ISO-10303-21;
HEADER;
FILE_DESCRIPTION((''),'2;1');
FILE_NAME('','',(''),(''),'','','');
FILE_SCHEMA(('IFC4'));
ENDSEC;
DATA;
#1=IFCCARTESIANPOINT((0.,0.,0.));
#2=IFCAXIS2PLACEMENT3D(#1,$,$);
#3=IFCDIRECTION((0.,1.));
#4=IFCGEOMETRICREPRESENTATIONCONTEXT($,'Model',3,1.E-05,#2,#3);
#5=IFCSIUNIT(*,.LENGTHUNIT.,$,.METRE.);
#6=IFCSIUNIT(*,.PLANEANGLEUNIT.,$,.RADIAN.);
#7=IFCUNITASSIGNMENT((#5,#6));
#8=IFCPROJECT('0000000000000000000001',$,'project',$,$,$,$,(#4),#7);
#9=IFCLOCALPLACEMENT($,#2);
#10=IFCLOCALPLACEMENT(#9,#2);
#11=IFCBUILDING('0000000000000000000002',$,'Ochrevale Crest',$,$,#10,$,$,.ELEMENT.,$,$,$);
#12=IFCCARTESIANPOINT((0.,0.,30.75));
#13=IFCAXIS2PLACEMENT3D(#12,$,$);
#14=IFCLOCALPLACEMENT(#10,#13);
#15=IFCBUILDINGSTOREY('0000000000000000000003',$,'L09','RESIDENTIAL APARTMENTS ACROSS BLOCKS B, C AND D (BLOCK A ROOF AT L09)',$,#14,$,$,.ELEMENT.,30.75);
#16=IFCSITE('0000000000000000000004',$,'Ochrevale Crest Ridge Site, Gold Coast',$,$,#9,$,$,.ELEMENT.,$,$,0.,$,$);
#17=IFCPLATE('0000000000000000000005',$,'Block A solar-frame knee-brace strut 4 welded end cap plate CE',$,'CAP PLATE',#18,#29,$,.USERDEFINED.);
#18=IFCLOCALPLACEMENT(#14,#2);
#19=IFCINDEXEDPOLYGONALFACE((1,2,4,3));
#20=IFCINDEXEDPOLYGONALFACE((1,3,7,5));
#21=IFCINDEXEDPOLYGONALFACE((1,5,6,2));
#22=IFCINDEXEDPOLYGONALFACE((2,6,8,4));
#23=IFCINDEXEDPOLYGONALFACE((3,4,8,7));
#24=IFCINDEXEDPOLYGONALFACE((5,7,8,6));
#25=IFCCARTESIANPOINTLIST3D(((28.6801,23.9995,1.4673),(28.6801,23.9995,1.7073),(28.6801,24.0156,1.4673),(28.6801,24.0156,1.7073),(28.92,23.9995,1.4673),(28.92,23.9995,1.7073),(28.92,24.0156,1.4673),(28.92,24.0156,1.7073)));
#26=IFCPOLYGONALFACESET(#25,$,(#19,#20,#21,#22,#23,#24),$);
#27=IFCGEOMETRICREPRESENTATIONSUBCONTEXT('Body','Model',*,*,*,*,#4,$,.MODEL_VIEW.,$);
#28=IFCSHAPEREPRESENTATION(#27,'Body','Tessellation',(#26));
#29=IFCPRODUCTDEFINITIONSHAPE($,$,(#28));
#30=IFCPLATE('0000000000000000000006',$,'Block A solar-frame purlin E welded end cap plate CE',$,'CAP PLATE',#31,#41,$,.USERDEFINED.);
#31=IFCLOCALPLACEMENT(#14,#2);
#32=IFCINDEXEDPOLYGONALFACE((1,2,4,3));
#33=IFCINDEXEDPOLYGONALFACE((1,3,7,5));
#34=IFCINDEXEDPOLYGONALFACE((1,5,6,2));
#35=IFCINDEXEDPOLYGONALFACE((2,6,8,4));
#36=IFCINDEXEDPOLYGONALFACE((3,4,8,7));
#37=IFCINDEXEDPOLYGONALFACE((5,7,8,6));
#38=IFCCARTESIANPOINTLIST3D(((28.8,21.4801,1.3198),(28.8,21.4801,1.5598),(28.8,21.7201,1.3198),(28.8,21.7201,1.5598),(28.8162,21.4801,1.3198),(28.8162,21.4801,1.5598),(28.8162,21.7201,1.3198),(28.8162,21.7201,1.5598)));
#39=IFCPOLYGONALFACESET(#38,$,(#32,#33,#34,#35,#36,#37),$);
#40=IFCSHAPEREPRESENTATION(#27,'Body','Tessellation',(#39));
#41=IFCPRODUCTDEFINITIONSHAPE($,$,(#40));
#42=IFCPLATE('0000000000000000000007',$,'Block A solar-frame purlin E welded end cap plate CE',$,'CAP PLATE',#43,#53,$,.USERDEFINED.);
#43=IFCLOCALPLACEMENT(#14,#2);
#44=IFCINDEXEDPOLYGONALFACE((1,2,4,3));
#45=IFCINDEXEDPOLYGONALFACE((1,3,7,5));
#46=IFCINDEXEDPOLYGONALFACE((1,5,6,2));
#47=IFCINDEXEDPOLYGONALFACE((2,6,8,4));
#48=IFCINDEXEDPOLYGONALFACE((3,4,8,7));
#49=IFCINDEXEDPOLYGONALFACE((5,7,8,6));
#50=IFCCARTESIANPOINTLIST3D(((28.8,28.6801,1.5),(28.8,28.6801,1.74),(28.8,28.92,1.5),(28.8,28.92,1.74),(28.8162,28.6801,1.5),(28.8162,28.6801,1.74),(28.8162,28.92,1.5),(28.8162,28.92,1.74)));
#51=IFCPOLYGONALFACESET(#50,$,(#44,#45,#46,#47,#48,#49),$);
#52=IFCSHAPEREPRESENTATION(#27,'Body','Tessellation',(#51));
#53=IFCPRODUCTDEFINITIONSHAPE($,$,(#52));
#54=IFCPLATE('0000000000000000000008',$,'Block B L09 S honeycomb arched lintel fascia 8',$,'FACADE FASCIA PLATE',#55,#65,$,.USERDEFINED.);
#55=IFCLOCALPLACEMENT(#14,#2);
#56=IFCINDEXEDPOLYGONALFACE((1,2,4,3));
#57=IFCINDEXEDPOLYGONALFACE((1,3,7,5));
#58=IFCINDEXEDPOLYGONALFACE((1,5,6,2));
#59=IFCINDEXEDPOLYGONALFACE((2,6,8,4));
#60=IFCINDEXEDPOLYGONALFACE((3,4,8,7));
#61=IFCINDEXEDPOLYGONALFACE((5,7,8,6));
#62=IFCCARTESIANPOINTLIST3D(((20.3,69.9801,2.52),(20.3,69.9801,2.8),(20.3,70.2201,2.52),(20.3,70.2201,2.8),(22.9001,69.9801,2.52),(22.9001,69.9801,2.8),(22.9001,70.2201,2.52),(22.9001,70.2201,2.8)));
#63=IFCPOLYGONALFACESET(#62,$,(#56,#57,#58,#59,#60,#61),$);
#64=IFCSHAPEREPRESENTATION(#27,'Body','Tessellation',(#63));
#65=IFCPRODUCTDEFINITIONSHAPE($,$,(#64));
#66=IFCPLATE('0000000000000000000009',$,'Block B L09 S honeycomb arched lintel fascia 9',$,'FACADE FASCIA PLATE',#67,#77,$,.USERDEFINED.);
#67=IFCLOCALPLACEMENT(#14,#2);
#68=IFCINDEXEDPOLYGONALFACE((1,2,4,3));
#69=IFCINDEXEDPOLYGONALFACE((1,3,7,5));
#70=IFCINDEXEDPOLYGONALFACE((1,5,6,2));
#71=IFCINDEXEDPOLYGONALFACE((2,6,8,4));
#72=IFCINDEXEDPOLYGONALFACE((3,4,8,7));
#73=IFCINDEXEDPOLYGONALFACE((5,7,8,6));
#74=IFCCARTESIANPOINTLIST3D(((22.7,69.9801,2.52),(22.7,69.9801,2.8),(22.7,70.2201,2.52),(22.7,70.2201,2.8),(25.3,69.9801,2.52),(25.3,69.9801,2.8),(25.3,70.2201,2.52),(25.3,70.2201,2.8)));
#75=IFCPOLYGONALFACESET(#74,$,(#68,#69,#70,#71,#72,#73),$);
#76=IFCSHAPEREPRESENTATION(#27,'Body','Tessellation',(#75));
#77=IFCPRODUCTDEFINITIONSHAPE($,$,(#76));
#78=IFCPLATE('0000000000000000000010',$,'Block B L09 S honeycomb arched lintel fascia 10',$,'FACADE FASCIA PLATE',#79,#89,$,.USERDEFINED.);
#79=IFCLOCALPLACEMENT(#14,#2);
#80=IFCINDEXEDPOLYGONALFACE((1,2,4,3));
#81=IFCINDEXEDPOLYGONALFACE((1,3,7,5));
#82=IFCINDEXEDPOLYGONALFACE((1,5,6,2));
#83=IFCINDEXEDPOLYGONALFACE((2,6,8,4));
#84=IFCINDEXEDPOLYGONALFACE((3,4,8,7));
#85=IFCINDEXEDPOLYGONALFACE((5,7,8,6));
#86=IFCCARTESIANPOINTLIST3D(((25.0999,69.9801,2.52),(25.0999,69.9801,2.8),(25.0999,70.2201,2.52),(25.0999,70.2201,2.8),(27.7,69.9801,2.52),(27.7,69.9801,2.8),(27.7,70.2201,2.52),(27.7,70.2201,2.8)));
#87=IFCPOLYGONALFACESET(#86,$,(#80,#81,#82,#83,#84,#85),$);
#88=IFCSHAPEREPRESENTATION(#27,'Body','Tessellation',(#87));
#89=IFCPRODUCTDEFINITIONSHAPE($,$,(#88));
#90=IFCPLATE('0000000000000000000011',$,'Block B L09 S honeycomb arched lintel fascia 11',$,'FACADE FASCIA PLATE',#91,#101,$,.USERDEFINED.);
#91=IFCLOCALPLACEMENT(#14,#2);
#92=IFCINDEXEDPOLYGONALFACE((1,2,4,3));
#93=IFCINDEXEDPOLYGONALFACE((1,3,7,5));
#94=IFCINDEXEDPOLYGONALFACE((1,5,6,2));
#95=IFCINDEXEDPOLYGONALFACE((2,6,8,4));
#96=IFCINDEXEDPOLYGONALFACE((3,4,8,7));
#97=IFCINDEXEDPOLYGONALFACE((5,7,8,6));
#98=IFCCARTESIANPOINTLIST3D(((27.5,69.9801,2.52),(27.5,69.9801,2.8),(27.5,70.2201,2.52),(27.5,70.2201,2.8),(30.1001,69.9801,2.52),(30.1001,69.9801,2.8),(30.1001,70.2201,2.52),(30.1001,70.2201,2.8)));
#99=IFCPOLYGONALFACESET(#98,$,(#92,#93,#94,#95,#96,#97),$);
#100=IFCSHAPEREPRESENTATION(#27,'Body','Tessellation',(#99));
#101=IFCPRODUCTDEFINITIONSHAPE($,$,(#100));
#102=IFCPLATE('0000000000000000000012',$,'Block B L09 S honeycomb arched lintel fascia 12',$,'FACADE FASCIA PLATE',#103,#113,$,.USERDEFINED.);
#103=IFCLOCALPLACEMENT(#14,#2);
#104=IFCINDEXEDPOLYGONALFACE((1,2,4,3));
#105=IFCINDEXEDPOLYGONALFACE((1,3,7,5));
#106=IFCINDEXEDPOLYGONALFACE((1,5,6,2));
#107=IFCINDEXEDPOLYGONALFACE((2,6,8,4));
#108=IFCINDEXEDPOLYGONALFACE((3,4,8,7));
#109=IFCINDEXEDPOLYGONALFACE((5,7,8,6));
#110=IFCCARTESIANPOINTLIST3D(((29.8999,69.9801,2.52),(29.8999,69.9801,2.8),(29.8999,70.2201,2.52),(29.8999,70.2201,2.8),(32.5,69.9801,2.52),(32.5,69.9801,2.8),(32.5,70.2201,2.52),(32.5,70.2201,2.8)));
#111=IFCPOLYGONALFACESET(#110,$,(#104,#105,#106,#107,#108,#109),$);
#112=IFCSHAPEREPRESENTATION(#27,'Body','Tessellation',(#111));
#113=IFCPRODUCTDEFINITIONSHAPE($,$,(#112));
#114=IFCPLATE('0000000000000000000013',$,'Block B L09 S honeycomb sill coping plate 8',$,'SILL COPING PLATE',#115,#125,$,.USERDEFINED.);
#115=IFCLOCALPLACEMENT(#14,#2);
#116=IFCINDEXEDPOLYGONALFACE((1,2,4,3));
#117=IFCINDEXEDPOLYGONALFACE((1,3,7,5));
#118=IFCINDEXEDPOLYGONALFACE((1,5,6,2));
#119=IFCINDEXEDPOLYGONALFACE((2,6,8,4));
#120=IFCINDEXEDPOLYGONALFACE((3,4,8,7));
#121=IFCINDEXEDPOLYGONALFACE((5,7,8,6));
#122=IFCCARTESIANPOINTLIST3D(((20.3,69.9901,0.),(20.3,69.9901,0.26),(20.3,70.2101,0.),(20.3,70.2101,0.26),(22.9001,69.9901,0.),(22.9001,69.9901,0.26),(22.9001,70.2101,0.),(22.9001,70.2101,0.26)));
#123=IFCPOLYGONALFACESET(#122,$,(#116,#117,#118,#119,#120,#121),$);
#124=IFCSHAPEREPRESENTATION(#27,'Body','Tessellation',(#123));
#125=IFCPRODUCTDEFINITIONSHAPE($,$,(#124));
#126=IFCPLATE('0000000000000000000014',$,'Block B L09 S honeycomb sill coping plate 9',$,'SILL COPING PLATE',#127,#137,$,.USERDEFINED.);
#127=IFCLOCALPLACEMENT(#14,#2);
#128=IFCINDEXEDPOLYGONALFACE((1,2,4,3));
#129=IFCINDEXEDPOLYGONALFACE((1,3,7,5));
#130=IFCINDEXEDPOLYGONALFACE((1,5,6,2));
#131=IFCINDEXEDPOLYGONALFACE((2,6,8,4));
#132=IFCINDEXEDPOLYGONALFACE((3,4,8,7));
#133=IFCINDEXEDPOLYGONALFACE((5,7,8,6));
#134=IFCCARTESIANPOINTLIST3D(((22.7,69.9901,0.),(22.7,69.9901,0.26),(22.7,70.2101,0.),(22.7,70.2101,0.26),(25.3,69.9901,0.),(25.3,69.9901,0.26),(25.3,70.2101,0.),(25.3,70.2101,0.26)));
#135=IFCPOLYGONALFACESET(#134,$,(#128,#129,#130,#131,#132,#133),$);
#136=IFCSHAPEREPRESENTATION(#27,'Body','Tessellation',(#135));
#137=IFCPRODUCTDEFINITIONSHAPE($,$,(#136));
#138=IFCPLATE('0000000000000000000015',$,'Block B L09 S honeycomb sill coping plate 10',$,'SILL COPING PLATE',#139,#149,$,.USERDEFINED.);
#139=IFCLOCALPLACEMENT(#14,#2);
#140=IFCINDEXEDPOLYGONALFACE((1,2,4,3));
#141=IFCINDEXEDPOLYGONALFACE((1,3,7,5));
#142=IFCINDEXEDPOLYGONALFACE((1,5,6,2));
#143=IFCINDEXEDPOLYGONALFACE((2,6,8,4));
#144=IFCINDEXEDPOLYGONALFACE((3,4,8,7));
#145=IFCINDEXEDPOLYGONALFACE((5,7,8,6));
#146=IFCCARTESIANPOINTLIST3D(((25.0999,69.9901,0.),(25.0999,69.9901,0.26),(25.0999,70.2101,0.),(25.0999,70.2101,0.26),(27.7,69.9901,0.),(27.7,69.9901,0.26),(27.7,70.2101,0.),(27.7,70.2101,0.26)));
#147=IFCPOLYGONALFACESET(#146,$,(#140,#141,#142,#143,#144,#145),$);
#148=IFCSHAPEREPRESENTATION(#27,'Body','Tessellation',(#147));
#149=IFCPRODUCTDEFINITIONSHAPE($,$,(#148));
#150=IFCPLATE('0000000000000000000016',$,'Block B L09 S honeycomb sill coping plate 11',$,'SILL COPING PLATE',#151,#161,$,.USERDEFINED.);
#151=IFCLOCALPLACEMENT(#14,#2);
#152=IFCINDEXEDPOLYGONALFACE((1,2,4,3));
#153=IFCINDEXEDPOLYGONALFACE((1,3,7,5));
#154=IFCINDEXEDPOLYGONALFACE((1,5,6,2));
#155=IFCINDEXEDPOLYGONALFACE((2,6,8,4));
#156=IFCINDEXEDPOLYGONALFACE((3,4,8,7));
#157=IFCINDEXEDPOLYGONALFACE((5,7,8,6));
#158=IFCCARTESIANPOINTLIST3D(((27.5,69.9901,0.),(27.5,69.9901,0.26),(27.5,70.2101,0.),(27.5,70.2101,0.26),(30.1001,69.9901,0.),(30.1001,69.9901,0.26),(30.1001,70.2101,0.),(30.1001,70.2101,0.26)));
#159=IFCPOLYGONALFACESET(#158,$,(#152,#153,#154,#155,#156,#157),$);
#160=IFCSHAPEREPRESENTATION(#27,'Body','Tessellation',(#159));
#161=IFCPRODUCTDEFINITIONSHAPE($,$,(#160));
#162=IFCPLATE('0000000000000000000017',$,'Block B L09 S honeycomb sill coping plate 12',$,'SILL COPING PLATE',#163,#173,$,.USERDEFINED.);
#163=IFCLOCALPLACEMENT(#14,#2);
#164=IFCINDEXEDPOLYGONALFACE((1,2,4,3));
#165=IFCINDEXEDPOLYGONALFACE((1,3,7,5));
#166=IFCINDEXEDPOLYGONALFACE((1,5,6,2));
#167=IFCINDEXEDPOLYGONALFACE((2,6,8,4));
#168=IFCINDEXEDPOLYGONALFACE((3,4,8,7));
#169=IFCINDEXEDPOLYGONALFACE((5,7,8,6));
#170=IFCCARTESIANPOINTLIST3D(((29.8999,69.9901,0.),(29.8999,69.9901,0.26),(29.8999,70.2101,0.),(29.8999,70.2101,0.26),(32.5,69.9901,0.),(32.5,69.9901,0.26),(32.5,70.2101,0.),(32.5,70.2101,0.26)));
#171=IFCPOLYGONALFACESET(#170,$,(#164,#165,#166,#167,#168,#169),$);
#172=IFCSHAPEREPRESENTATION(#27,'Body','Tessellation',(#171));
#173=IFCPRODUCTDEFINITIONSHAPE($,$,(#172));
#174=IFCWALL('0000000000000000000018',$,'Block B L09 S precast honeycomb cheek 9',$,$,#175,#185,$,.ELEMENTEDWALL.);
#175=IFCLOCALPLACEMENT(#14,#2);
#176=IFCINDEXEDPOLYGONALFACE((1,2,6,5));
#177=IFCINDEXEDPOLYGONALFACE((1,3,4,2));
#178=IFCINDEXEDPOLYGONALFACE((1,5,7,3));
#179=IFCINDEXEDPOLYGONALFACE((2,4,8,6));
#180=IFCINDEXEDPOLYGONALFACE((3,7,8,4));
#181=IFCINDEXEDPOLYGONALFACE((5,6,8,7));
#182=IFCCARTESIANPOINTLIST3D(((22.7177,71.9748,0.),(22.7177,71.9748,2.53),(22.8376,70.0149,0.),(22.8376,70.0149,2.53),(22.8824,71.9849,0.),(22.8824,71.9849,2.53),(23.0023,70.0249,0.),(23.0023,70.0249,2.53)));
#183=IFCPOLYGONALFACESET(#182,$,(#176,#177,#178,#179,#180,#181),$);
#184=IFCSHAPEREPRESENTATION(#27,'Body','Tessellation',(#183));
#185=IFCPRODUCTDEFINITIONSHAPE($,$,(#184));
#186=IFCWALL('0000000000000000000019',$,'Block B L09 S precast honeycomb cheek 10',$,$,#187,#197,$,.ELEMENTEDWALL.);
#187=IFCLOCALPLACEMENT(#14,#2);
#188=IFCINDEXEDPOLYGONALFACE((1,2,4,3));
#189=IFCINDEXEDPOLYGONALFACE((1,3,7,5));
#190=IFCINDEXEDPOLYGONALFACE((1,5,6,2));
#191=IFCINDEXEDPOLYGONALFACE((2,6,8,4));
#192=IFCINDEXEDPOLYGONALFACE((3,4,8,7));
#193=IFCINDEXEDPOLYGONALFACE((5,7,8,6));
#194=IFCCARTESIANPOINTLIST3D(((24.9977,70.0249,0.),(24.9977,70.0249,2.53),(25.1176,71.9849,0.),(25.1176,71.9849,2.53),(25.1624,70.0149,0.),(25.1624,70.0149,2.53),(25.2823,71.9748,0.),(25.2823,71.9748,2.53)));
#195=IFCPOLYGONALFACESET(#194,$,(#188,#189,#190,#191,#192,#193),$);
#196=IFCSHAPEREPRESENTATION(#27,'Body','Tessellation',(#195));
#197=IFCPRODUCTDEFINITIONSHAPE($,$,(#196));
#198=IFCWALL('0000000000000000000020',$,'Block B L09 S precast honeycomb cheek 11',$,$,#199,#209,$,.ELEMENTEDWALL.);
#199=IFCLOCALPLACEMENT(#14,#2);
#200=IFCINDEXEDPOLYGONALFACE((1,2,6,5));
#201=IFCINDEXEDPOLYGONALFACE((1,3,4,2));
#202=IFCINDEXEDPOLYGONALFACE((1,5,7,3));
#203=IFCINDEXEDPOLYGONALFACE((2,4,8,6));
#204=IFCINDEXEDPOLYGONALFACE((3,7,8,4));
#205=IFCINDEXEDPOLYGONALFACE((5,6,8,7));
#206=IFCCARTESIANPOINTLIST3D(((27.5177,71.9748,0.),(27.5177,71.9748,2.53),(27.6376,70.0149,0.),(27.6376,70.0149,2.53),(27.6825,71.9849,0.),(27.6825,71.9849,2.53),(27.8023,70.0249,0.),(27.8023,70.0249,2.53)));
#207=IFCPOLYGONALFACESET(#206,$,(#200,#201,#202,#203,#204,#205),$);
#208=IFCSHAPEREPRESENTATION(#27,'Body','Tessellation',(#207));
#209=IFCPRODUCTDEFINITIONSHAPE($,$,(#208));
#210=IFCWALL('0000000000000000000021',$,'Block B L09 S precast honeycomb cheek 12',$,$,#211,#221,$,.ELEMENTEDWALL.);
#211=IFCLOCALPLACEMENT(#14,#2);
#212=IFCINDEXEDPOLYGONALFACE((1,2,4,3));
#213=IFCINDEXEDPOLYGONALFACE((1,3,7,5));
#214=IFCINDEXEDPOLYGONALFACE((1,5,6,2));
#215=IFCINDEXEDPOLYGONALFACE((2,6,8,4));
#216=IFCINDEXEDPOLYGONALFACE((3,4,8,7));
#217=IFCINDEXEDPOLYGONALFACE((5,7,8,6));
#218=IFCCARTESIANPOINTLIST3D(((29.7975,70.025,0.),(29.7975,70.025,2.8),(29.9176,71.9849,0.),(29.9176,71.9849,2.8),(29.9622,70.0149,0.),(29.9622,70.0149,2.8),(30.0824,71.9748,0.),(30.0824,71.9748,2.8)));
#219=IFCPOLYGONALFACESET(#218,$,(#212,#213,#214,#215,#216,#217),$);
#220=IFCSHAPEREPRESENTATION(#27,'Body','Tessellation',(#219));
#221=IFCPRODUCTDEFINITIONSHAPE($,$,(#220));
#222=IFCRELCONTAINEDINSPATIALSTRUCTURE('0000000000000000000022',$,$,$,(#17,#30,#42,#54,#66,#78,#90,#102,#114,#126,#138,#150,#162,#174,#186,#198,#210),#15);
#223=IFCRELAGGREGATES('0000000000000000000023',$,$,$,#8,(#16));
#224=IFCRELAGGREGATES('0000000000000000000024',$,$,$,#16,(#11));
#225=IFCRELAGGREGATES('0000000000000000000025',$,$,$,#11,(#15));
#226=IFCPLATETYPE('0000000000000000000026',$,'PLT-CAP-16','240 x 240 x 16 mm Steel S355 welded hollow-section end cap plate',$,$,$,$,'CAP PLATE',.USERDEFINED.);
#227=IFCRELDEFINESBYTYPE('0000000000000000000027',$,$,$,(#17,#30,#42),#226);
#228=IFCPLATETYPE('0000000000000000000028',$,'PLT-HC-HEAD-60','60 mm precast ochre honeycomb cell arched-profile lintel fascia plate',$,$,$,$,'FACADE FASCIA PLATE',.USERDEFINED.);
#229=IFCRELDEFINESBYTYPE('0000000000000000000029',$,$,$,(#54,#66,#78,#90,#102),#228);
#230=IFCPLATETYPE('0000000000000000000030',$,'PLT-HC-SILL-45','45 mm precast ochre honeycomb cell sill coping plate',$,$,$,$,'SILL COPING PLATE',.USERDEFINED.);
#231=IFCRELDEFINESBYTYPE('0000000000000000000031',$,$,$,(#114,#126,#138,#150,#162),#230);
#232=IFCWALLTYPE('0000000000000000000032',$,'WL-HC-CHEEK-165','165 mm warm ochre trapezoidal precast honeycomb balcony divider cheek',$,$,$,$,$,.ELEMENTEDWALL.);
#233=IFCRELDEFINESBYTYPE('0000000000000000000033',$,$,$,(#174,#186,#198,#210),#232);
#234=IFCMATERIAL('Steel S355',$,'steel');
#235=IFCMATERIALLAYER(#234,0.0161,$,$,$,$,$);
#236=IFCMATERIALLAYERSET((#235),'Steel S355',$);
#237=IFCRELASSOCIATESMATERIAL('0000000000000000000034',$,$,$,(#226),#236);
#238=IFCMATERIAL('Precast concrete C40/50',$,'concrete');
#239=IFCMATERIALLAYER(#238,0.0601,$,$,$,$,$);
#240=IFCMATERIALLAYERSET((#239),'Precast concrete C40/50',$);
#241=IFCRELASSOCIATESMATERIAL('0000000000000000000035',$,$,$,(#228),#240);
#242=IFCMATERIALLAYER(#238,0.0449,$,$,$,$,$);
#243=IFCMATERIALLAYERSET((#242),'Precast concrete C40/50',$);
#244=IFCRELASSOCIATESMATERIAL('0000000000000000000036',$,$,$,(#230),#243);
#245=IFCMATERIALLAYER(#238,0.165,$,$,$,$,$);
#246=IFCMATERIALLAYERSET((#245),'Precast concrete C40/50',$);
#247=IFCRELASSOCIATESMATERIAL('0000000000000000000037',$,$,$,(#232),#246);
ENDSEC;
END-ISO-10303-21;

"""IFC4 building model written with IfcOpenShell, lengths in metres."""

from ifc_helpers import new_model, si_unit, direction, frame, frame_2d, origin, origin_2d, place, context, subcontext, project, spatial, rectangle, extrude, material, layer, layer_set, type_object, element, save


model = new_model("IFC4")

# Units and contexts
model_context = context("Model", 3, precision=1e-05, world=origin(), true_north=direction((0.0, 1.0)))
body_context = subcontext(model_context, "Body", "Model", "MODEL_VIEW")
ifc_project = project(units=[si_unit("LENGTHUNIT", "METRE"), si_unit("PLANEANGLEUNIT", "RADIAN")], contexts=[model_context])

# Site, building, storey
site_placement = place(None, origin())
site = spatial("IfcSite", under=ifc_project, at=site_placement, Name="Ochrevale Crest Ridge Site, Gold Coast", CompositionType="ELEMENT", RefElevation=0.0)
building_placement = place(site_placement, origin())
building = spatial("IfcBuilding", under=site, at=building_placement, Name="Ochrevale Crest", CompositionType="ELEMENT")
storey_placement = place(building_placement, frame((0.0, 0.0, 30.75)))
storey = spatial("IfcBuildingStorey", under=building, at=storey_placement, Name="L09", Description="RESIDENTIAL APARTMENTS ACROSS BLOCKS B, C AND D (BLOCK A ROOF AT L09)", CompositionType="ELEMENT", Elevation=30.75)

# Shared definitions
ifc_material_1 = material(Name="Steel S355", Category="steel")

# Shared definitions
ifc_material_2 = material(Name="Precast concrete C40/50", Category="concrete")

# Plates
ifc_layer_1 = layer(ifc_material_1, 0.0161)
ifc_layer_set_1 = layer_set([ifc_layer_1], Name="Steel S355")
plate_type_1 = type_object("IfcPlateType", Name="PLT-CAP-16", Description="240 x 240 x 16 mm Steel S355 welded hollow-section end cap plate", ElementType="CAP PLATE", PredefinedType="USERDEFINED", material=ifc_layer_set_1)
for number, where, z_axis, x_axis, name in (
    (1, (28.8, 24.0076, 1.4673), (0.0, 0.0, 1.0), (0.0, 1.0, 0.0), "Block A solar-frame knee-brace strut 4 welded end cap plate CE"),
    (2, (28.8081, 21.6001, 1.3198), (0.0, 0.0, 1.0), (1.0, 0.0, 0.0), "Block A solar-frame purlin E welded end cap plate CE"),
    (3, (28.8081, 28.8, 1.5), (0.0, 0.0, 1.0), (1.0, 0.0, 0.0), "Block A solar-frame purlin E welded end cap plate CE"),
):
    element("IfcPlate", number, at=place(storey_placement, frame(where, z_axis=z_axis, x_axis=x_axis)), inside=storey, type_object=plate_type_1, Name=name, ObjectType="CAP PLATE", PredefinedType="USERDEFINED", context=body_context, shape_type="SweptSolid", body=[
        extrude(rectangle(XDim=0.0161, YDim=0.24, at=origin_2d()), origin(), (0.0, 0.0, 1.0), 0.24),
    ])
ifc_layer_2 = layer(ifc_material_2, 0.0601)
ifc_layer_set_2 = layer_set([ifc_layer_2], Name="Precast concrete C40/50")
plate_type_2 = type_object("IfcPlateType", Name="PLT-HC-HEAD-60", Description="60 mm precast ochre honeycomb cell arched-profile lintel fascia plate", ElementType="FACADE FASCIA PLATE", PredefinedType="USERDEFINED", material=ifc_layer_set_2)
for number, where, z_axis, x_axis, name in (
    (4, (21.6001, 70.1001, 2.52), (0.0, 0.0, 1.0), (1.0, 0.0, 0.0), "Block B L09 S honeycomb arched lintel fascia 8"),
    (5, (24.0, 70.1001, 2.52), (0.0, 0.0, 1.0), (1.0, 0.0, 0.0), "Block B L09 S honeycomb arched lintel fascia 9"),
    (6, (26.3999, 70.1001, 2.52), (0.0, 0.0, 1.0), (1.0, 0.0, 0.0), "Block B L09 S honeycomb arched lintel fascia 10"),
    (7, (28.8, 70.1001, 2.52), (0.0, 0.0, 1.0), (1.0, 0.0, 0.0), "Block B L09 S honeycomb arched lintel fascia 11"),
    (8, (31.2, 70.1001, 2.52), (0.0, 0.0, 1.0), (1.0, 0.0, 0.0), "Block B L09 S honeycomb arched lintel fascia 12"),
):
    element("IfcPlate", number, at=place(storey_placement, frame(where, z_axis=z_axis, x_axis=x_axis)), inside=storey, type_object=plate_type_2, Name=name, ObjectType="FACADE FASCIA PLATE", PredefinedType="USERDEFINED", context=body_context, shape_type="SweptSolid", body=[
        extrude(rectangle(XDim=2.6001, YDim=0.24, at=origin_2d()), origin(), (0.0, 0.0, 1.0), 0.28),
    ])
ifc_layer_3 = layer(ifc_material_2, 0.0449)
ifc_layer_set_3 = layer_set([ifc_layer_3], Name="Precast concrete C40/50")
plate_type_3 = type_object("IfcPlateType", Name="PLT-HC-SILL-45", Description="45 mm precast ochre honeycomb cell sill coping plate", ElementType="SILL COPING PLATE", PredefinedType="USERDEFINED", material=ifc_layer_set_3)
for number, where, z_axis, x_axis, name in (
    (9, (21.6001, 70.1001, 0.0), (0.0, 0.0, 1.0), (1.0, 0.0, 0.0), "Block B L09 S honeycomb sill coping plate 8"),
    (10, (24.0, 70.1001, 0.0), (0.0, 0.0, 1.0), (1.0, 0.0, 0.0), "Block B L09 S honeycomb sill coping plate 9"),
    (11, (26.3999, 70.1001, 0.0), (0.0, 0.0, 1.0), (1.0, 0.0, 0.0), "Block B L09 S honeycomb sill coping plate 10"),
    (12, (28.8, 70.1001, 0.0), (0.0, 0.0, 1.0), (1.0, 0.0, 0.0), "Block B L09 S honeycomb sill coping plate 11"),
    (13, (31.2, 70.1001, 0.0), (0.0, 0.0, 1.0), (1.0, 0.0, 0.0), "Block B L09 S honeycomb sill coping plate 12"),
):
    element("IfcPlate", number, at=place(storey_placement, frame(where, z_axis=z_axis, x_axis=x_axis)), inside=storey, type_object=plate_type_3, Name=name, ObjectType="SILL COPING PLATE", PredefinedType="USERDEFINED", context=body_context, shape_type="SweptSolid", body=[
        extrude(rectangle(XDim=2.6001, YDim=0.22, at=origin_2d()), origin(), (0.0, 0.0, 1.0), 0.26),
    ])

# Walls
ifc_layer_4 = layer(ifc_material_2, 0.165)
ifc_layer_set_4 = layer_set([ifc_layer_4], Name="Precast concrete C40/50")
wall_type_1 = type_object("IfcWallType", Name="WL-HC-CHEEK-165", Description="165 mm warm ochre trapezoidal precast honeycomb balcony divider cheek", PredefinedType="ELEMENTEDWALL", material=ifc_layer_set_4)
for number, where, z_axis, x_axis, name in (
    (14, (22.8, 71.98, 0.0), (0.0, 0.0, 1.0), (0.061047, -0.998135, 0.0), "Block B L09 S precast honeycomb cheek 9"),
    (15, (25.2, 71.98, 0.0), (0.0, 0.0, 1.0), (-0.061047, -0.998135, 0.0), "Block B L09 S precast honeycomb cheek 10"),
    (16, (27.6001, 71.98, 0.0), (0.0, 0.0, 1.0), (0.061047, -0.998135, 0.0), "Block B L09 S precast honeycomb cheek 11"),
):
    element("IfcWall", number, at=place(storey_placement, frame(where, z_axis=z_axis, x_axis=x_axis)), inside=storey, type_object=wall_type_1, Name=name, PredefinedType="ELEMENTEDWALL", context=body_context, shape_type="SweptSolid", body=[
        extrude(rectangle(XDim=1.9636, YDim=0.165, at=frame_2d((0.9819, 0.0))), origin(), (0.0, 0.0, 1.0), 2.53),
    ])
wall_1_placement = place(storey_placement, frame((30.0, 71.98, 0.0), z_axis=(0.0, 0.0, 1.0), x_axis=(-0.061171, -0.998127, 0.0)))
element("IfcWall", 17, at=wall_1_placement, inside=storey, type_object=wall_type_1, Name="Block B L09 S precast honeycomb cheek 12", PredefinedType="ELEMENTEDWALL", context=body_context, shape_type="SweptSolid", body=[
    extrude(rectangle(XDim=1.9636, YDim=0.165, at=frame_2d((0.9819, 0.0))), origin(), (0.0, 0.0, 1.0), 2.8),
])

save(model, "model.ifc")
